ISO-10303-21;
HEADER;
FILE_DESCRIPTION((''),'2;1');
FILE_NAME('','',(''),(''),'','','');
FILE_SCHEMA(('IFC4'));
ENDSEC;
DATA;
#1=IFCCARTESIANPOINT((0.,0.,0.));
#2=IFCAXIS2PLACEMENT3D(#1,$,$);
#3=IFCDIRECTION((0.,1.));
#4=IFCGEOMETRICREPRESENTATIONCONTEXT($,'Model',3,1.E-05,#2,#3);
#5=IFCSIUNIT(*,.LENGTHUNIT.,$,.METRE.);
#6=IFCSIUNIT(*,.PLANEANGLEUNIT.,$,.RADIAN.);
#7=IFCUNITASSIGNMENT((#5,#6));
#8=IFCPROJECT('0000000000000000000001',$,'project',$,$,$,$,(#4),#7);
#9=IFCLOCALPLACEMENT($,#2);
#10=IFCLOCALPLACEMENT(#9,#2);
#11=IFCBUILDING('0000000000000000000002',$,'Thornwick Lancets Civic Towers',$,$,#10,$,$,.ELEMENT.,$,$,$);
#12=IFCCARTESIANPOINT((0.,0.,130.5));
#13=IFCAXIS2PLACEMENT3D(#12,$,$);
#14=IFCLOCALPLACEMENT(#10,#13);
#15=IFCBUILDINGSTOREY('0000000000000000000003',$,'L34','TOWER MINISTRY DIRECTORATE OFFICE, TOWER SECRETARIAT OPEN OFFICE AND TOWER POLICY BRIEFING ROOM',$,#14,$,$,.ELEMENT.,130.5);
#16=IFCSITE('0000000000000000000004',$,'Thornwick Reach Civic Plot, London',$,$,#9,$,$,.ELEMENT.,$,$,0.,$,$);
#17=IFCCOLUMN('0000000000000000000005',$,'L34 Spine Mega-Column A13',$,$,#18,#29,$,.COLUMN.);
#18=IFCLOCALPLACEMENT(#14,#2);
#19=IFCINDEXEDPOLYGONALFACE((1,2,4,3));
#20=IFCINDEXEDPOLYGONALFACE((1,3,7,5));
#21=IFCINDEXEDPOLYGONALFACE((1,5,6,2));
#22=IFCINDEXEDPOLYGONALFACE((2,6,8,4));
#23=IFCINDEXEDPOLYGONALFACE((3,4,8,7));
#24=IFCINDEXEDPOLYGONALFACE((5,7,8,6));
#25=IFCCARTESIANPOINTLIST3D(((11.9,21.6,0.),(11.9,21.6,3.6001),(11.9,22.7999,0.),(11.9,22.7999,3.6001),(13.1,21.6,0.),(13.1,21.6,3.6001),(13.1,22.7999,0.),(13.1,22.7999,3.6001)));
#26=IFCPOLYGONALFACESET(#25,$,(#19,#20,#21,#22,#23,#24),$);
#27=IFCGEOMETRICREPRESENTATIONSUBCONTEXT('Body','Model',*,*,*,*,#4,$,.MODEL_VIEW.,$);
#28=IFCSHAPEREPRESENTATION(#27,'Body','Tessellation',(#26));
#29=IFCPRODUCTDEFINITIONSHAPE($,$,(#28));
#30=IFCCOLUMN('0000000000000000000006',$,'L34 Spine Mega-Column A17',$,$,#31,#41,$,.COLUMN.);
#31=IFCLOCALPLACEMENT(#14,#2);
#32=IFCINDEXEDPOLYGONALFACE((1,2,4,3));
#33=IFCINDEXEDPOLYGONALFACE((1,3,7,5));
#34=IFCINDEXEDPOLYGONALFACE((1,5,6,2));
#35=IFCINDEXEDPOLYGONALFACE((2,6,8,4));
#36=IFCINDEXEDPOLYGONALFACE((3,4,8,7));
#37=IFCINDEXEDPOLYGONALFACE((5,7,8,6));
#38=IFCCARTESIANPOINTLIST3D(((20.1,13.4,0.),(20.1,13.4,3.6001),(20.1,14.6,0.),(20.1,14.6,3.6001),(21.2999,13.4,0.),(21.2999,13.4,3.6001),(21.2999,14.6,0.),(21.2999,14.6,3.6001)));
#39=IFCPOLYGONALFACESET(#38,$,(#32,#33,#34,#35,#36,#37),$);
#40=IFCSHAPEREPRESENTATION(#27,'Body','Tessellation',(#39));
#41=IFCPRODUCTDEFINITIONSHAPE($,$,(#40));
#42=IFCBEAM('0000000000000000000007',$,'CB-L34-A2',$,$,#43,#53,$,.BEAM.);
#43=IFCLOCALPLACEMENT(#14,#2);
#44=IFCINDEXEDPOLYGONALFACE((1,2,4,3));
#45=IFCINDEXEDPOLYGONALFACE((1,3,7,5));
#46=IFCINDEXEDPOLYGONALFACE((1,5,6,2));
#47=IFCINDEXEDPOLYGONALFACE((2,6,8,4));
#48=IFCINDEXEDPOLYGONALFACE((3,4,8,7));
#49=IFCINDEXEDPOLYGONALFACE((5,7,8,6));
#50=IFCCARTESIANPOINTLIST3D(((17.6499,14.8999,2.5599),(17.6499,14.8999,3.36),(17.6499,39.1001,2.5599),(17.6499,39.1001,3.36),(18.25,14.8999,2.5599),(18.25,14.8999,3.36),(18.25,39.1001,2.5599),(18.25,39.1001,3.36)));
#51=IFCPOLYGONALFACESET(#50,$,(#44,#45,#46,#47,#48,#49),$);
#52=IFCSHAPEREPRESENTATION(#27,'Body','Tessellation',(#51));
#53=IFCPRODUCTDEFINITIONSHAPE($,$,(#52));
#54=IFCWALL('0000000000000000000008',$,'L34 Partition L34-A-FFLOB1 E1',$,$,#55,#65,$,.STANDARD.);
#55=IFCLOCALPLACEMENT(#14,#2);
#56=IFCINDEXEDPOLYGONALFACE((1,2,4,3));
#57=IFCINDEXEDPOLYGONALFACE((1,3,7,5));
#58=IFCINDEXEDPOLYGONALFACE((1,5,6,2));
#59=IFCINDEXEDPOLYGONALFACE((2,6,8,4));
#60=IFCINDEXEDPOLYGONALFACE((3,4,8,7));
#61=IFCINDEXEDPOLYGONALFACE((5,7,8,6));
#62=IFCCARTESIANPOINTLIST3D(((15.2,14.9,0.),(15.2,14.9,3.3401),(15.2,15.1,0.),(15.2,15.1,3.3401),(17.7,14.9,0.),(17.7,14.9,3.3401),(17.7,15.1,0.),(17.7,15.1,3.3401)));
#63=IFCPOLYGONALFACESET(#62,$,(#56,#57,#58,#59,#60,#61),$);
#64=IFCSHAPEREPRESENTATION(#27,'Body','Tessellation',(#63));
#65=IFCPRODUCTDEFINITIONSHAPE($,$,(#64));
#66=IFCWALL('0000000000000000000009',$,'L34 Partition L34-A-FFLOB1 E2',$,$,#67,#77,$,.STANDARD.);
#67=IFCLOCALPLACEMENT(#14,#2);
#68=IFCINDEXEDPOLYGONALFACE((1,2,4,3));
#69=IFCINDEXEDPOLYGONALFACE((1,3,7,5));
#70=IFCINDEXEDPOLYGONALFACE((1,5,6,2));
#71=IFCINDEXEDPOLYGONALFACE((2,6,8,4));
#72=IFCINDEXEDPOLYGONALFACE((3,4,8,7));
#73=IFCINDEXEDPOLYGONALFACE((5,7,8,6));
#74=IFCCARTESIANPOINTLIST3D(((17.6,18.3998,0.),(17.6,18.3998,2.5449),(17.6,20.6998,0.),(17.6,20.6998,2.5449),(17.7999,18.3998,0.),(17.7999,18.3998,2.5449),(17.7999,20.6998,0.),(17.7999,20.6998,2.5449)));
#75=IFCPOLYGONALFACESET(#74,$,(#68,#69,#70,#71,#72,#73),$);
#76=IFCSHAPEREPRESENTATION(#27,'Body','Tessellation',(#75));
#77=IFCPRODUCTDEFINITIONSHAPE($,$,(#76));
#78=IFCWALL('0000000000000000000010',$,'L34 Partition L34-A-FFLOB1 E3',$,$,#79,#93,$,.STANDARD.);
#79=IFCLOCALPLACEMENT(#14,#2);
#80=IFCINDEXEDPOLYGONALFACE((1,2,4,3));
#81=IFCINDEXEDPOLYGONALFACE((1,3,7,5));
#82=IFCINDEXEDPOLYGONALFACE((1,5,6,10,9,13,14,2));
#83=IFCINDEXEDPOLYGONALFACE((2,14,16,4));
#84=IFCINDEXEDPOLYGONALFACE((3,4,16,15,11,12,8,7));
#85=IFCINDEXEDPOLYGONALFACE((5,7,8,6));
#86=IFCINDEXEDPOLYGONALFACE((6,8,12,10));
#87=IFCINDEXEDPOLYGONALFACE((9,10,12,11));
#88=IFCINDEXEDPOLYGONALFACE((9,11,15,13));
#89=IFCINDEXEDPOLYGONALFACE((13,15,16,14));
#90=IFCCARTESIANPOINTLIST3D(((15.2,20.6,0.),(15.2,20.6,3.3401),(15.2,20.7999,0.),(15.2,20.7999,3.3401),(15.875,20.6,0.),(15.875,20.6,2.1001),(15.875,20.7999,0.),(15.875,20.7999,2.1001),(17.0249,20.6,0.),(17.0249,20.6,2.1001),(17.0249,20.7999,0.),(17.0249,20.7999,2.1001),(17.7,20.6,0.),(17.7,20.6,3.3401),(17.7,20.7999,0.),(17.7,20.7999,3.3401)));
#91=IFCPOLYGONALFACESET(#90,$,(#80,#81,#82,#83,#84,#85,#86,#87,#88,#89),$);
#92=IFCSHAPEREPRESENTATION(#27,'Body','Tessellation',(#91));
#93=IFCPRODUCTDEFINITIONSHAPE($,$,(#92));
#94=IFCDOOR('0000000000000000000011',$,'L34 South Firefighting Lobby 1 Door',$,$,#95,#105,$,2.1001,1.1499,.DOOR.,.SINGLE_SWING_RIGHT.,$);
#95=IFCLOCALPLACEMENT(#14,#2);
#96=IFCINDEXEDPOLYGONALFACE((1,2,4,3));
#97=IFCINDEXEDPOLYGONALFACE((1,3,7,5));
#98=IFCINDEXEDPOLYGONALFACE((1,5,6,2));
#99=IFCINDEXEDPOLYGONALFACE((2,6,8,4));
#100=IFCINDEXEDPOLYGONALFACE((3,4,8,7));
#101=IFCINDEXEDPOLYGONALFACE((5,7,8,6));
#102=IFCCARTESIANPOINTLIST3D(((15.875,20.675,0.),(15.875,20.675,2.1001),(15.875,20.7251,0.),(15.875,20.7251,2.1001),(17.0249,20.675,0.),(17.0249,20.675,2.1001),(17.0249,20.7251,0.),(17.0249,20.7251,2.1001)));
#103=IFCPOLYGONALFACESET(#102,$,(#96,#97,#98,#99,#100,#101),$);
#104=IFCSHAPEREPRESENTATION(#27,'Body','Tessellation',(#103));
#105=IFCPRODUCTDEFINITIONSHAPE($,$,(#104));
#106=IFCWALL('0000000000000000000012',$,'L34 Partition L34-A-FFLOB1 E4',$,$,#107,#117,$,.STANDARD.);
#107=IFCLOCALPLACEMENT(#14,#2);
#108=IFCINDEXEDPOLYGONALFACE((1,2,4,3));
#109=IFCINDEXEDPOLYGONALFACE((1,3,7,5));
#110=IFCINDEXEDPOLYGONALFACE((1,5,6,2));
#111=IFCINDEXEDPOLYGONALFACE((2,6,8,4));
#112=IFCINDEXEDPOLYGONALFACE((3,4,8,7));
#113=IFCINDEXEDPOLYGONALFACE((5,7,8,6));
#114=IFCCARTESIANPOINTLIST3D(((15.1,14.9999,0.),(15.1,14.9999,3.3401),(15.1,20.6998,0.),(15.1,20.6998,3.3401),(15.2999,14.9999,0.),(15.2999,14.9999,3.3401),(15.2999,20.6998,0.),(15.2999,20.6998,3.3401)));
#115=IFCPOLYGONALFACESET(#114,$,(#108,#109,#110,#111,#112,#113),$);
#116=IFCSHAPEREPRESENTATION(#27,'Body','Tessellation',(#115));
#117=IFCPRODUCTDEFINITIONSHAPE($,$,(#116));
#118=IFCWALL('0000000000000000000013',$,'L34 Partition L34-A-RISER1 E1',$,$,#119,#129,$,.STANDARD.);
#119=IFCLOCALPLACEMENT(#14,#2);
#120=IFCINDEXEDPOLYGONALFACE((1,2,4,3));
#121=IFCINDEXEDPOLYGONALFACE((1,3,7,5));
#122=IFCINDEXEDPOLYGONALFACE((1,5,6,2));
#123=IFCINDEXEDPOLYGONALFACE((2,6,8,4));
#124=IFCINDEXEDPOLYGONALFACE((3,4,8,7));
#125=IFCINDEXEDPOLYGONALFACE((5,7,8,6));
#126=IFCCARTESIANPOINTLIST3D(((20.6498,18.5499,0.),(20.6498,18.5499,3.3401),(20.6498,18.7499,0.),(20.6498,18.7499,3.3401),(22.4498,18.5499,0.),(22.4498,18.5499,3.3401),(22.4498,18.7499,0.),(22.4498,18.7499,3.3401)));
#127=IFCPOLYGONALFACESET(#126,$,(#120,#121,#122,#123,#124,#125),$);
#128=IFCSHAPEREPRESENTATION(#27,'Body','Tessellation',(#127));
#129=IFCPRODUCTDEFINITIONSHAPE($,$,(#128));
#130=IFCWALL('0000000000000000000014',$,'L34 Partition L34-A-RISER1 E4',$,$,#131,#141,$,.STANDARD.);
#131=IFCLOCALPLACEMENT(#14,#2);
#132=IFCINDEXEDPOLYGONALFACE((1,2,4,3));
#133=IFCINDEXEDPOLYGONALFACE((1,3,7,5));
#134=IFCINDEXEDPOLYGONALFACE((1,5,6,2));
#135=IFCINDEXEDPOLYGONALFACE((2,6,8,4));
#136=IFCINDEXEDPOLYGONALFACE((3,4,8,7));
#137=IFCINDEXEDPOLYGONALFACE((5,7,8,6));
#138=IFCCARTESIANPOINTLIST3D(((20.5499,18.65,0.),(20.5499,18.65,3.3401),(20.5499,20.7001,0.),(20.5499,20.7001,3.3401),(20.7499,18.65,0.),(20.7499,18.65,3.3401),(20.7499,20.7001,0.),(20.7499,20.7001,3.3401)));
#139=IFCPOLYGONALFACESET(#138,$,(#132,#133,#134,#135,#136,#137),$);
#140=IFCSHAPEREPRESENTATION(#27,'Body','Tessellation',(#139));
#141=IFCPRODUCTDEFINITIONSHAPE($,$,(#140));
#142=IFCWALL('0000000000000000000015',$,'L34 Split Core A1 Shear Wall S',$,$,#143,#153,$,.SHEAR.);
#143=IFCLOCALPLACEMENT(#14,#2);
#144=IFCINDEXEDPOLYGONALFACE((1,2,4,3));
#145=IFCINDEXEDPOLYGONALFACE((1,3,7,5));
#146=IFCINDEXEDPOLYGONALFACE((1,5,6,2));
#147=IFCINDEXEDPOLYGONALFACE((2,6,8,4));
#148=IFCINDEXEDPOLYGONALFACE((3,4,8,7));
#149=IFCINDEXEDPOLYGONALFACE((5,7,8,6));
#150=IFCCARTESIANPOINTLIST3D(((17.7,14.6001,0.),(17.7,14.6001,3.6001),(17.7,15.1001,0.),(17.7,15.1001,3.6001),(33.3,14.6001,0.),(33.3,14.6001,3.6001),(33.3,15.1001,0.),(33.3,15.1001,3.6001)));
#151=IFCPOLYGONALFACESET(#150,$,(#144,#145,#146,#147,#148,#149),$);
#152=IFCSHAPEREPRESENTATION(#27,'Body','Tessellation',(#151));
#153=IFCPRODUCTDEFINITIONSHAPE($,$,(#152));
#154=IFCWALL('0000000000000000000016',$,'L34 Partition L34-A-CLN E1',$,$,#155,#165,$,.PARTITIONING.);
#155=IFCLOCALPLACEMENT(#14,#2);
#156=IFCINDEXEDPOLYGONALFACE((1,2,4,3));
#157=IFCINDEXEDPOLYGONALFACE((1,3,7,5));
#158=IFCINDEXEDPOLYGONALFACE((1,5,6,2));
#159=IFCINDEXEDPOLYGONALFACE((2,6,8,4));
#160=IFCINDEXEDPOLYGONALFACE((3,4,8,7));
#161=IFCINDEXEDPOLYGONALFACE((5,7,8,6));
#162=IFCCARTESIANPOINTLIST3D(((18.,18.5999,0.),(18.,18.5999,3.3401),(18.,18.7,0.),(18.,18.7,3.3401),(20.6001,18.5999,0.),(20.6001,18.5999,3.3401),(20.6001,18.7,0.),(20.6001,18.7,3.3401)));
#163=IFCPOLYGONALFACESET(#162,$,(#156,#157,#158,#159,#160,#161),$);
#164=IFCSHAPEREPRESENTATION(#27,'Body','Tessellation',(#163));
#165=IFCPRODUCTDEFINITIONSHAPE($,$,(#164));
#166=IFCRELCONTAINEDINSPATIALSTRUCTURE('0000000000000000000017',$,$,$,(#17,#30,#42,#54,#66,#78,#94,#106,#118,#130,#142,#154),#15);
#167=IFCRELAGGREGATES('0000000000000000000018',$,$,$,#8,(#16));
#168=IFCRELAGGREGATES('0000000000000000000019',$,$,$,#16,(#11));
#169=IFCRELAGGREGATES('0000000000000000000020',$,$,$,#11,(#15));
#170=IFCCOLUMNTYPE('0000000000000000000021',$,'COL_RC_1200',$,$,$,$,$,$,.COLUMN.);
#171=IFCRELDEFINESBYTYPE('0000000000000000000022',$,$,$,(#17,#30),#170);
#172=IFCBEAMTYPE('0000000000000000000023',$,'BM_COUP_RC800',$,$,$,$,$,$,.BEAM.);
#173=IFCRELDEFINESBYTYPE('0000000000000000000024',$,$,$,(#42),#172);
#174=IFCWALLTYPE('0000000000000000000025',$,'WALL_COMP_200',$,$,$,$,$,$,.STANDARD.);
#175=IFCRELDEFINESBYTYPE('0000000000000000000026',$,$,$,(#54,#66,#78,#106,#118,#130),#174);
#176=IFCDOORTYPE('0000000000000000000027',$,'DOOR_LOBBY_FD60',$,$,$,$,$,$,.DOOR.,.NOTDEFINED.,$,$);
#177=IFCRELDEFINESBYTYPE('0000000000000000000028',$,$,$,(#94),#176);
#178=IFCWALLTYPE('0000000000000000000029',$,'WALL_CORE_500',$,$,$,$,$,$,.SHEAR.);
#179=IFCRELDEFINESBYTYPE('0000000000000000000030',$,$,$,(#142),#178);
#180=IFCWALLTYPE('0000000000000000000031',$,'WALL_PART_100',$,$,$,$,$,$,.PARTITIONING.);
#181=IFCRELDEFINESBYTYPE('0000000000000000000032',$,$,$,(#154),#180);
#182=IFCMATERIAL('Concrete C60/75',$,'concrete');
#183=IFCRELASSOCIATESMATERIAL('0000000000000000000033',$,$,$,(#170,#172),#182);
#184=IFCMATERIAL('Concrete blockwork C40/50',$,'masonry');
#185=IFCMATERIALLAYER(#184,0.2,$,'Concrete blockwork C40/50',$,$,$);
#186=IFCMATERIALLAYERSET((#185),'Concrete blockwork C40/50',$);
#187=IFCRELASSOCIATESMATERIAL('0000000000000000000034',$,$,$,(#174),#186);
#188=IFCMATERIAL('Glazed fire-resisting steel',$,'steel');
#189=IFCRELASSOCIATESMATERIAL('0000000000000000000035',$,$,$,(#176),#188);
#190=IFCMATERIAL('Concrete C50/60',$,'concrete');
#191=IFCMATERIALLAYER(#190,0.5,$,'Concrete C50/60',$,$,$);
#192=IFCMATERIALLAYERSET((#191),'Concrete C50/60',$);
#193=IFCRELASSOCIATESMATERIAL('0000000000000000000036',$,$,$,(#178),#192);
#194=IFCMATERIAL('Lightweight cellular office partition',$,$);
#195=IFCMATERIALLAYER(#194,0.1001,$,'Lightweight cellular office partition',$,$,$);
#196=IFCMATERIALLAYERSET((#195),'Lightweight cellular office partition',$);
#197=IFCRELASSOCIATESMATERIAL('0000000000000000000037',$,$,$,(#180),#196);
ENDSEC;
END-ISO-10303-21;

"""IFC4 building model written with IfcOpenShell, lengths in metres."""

from ifc_helpers import new_model, si_unit, direction, frame, frame_2d, origin, origin_2d, place, context, subcontext, project, spatial, rectangle, extrude, material, layer, layer_set, material_profile, profile_set, type_object, element, fill, save


model = new_model("IFC4")

# Units and contexts
model_context = context("Model", 3, precision=1e-05, world=origin(), true_north=direction((0.0, 1.0)))
body_context = subcontext(model_context, "Body", "Model", "MODEL_VIEW")
ifc_project = project(units=[si_unit("LENGTHUNIT", "METRE"), si_unit("PLANEANGLEUNIT", "RADIAN")], contexts=[model_context])

# Site, building, storey
site_placement = place(None, origin())
site = spatial("IfcSite", under=ifc_project, at=site_placement, Name="Thornwick Reach Civic Plot, London", CompositionType="ELEMENT", RefElevation=0.0)
building_placement = place(site_placement, origin())
building = spatial("IfcBuilding", under=site, at=building_placement, Name="Thornwick Lancets Civic Towers", CompositionType="ELEMENT")
storey_placement = place(building_placement, frame((0.0, 0.0, 130.5)))
storey = spatial("IfcBuildingStorey", under=building, at=storey_placement, Name="L34", Description="TOWER MINISTRY DIRECTORATE OFFICE, TOWER SECRETARIAT OPEN OFFICE AND TOWER POLICY BRIEFING ROOM", CompositionType="ELEMENT", Elevation=130.5)

# Columns
ifc_material_1 = material(Name="Concrete C60/75", Category="concrete")
ifc_material_profile_1 = material_profile(ifc_material_1, rectangle(XDim=1.2, YDim=1.2, at=origin_2d()), Name="RC 1200x1200")
ifc_profile_set_1 = profile_set([ifc_material_profile_1], Name="Concrete C60/75")
column_type = type_object("IfcColumnType", Name="COL_RC_1200", PredefinedType="COLUMN", material=ifc_profile_set_1)
for number, where, z_axis, x_axis, name in (
    (1, (12.5, 22.2, 0.0), (0.0, 0.0, 1.0), (1.0, 0.0, 0.0), "L34 Spine Mega-Column A13"),
    (2, (20.7, 14.0, 0.0), (0.0, 0.0, 1.0), (1.0, 0.0, 0.0), "L34 Spine Mega-Column A17"),
):
    element("IfcColumn", number, at=place(storey_placement, frame(where, z_axis=z_axis, x_axis=x_axis)), inside=storey, type_object=column_type, Name=name, PredefinedType="COLUMN", context=body_context, shape_type="SweptSolid", body=[
        extrude(rectangle(XDim=1.2, YDim=1.2, at=origin_2d()), origin(), (0.0, 0.0, 1.0), 3.6001),
    ])

# Beam
ifc_material_profile_2 = material_profile(ifc_material_1, rectangle(XDim=0.6001, YDim=0.8, at=origin_2d()), Name="RC 600x800")
ifc_profile_set_2 = profile_set([ifc_material_profile_2], Name="Concrete C60/75")
beam_type = type_object("IfcBeamType", Name="BM_COUP_RC800", PredefinedType="BEAM", material=ifc_profile_set_2)
beam_placement = place(storey_placement, frame((17.95, 14.8999, 2.96), z_axis=(0.0, 1.0, 0.0), x_axis=(-1.0, 0.0, 0.0)))
element("IfcBeam", 3, at=beam_placement, inside=storey, type_object=beam_type, Name="CB-L34-A2", PredefinedType="BEAM", context=body_context, shape_type="SweptSolid", body=[
    extrude(rectangle(XDim=0.6001, YDim=0.8, at=origin_2d()), origin(), (0.0, 0.0, 1.0), 24.2002),
])

# Walls
ifc_material_2 = material(Name="Concrete blockwork C40/50", Category="masonry")
ifc_layer_1 = layer(ifc_material_2, 0.2, Name="Concrete blockwork C40/50")
ifc_layer_set_1 = layer_set([ifc_layer_1], Name="Concrete blockwork C40/50")
wall_type_1 = type_object("IfcWallType", Name="WALL_COMP_200", PredefinedType="STANDARD", material=ifc_layer_set_1)
wall_1_placement = place(storey_placement, frame((15.2, 15.0, 0.0), z_axis=(0.0, 0.0, 1.0), x_axis=(1.0, 0.0, 0.0)))
element("IfcWall", 4, at=wall_1_placement, inside=storey, type_object=wall_type_1, Name="L34 Partition L34-A-FFLOB1 E1", PredefinedType="STANDARD", context=body_context, shape_type="SweptSolid", body=[
    extrude(rectangle(XDim=2.5, YDim=0.2, at=frame_2d((1.25, 0.0))), origin(), (0.0, 0.0, 1.0), 3.3401),
])
wall_2_placement = place(storey_placement, frame((17.7, 18.3999, 0.0), z_axis=(0.0, 0.0, 1.0), x_axis=(0.0, 1.0, 0.0)))
element("IfcWall", 5, at=wall_2_placement, inside=storey, type_object=wall_type_1, Name="L34 Partition L34-A-FFLOB1 E2", PredefinedType="STANDARD", context=body_context, shape_type="SweptSolid", body=[
    extrude(rectangle(XDim=2.3, YDim=0.2, at=frame_2d((1.1499, 0.0))), origin(), (0.0, 0.0, 1.0), 2.5449),
])

# Wall, opening, door
wall_3_placement = place(storey_placement, frame((17.7, 20.7, 0.0), z_axis=(0.0, 0.0, 1.0), x_axis=(-1.0, 0.0, 0.0)))
wall_3 = element("IfcWall", 6, at=wall_3_placement, inside=storey, type_object=wall_type_1, Name="L34 Partition L34-A-FFLOB1 E3", PredefinedType="STANDARD", context=body_context, shape_type="SweptSolid", body=[
    extrude(rectangle(XDim=2.5, YDim=0.2, at=frame_2d((1.25, 0.0))), origin(), (0.0, 0.0, 1.0), 3.3401),
])
opening_1_placement = place(wall_3_placement, frame((0.675, 0.0, 0.0)))
opening_1 = element("IfcOpeningElement", 7, at=opening_1_placement, cuts=wall_3, PredefinedType="OPENING", context=body_context, shape_type="SweptSolid", body=[
    extrude(rectangle(XDim=1.1499, YDim=2.1001, at=frame_2d((0.575, 1.05))), frame((0.0, 0.1099, 0.0), z_axis=(0.0, -1.0, 0.0), x_axis=(1.0, 0.0, 0.0)), (0.0, 0.0, 1.0), 0.22),
])
ifc_material_3 = material(Name="Glazed fire-resisting steel", Category="steel")
door_type_1 = type_object("IfcDoorType", Name="DOOR_LOBBY_FD60", OperationType="NOTDEFINED", PredefinedType="DOOR", material=ifc_material_3)
door_1_placement = place(opening_1_placement, origin())
door_1 = element("IfcDoor", 8, at=door_1_placement, inside=storey, type_object=door_type_1, Name="L34 South Firefighting Lobby 1 Door", OperationType="SINGLE_SWING_RIGHT", OverallHeight=2.1001, OverallWidth=1.1499, PredefinedType="DOOR", context=body_context, shape_type="SweptSolid", body=[
    extrude(rectangle(XDim=1.1499, YDim=2.1001, at=frame_2d((0.575, 1.05))), frame((0.0, 0.0249, 0.0), z_axis=(0.0, -1.0, 0.0), x_axis=(1.0, 0.0, 0.0)), (0.0, 0.0, 1.0), 0.05),
])
fill(opening_1, door_1)

# Walls
wall_4_placement = place(storey_placement, frame((15.2, 20.7, 0.0), z_axis=(0.0, 0.0, 1.0), x_axis=(0.0, -1.0, 0.0)))
element("IfcWall", 9, at=wall_4_placement, inside=storey, type_object=wall_type_1, Name="L34 Partition L34-A-FFLOB1 E4", PredefinedType="STANDARD", context=body_context, shape_type="SweptSolid", body=[
    extrude(rectangle(XDim=5.7, YDim=0.2, at=frame_2d((2.8501, 0.0))), origin(), (0.0, 0.0, 1.0), 3.3401),
])
wall_5_placement = place(storey_placement, frame((20.6499, 18.6499, 0.0), z_axis=(0.0, 0.0, 1.0), x_axis=(1.0, 0.0, 0.0)))
element("IfcWall", 10, at=wall_5_placement, inside=storey, type_object=wall_type_1, Name="L34 Partition L34-A-RISER1 E1", PredefinedType="STANDARD", context=body_context, shape_type="SweptSolid", body=[
    extrude(rectangle(XDim=1.8, YDim=0.2, at=frame_2d((0.8999, 0.0))), origin(), (0.0, 0.0, 1.0), 3.3401),
])
wall_6_placement = place(storey_placement, frame((20.6499, 20.7, 0.0), z_axis=(0.0, 0.0, 1.0), x_axis=(0.0, -1.0, 0.0)))
element("IfcWall", 11, at=wall_6_placement, inside=storey, type_object=wall_type_1, Name="L34 Partition L34-A-RISER1 E4", PredefinedType="STANDARD", context=body_context, shape_type="SweptSolid", body=[
    extrude(rectangle(XDim=2.05, YDim=0.2, at=frame_2d((1.0249, 0.0))), origin(), (0.0, 0.0, 1.0), 3.3401),
])
ifc_material_4 = material(Name="Concrete C50/60", Category="concrete")
ifc_layer_2 = layer(ifc_material_4, 0.5, Name="Concrete C50/60")
ifc_layer_set_2 = layer_set([ifc_layer_2], Name="Concrete C50/60")
wall_type_2 = type_object("IfcWallType", Name="WALL_CORE_500", PredefinedType="SHEAR", material=ifc_layer_set_2)
wall_7_placement = place(storey_placement, frame((17.7, 14.8501, 0.0), z_axis=(0.0, 0.0, 1.0), x_axis=(1.0, 0.0, 0.0)))
element("IfcWall", 12, at=wall_7_placement, inside=storey, type_object=wall_type_2, Name="L34 Split Core A1 Shear Wall S", PredefinedType="SHEAR", context=body_context, shape_type="SweptSolid", body=[
    extrude(rectangle(XDim=15.6001, YDim=0.5, at=frame_2d((7.8, 0.0))), origin(), (0.0, 0.0, 1.0), 3.6001),
])
ifc_material_5 = material(Name="Lightweight cellular office partition")
ifc_layer_3 = layer(ifc_material_5, 0.1001, Name="Lightweight cellular office partition")
ifc_layer_set_3 = layer_set([ifc_layer_3], Name="Lightweight cellular office partition")
wall_type_3 = type_object("IfcWallType", Name="WALL_PART_100", PredefinedType="PARTITIONING", material=ifc_layer_set_3)
wall_8_placement = place(storey_placement, frame((18.0, 18.6499, 0.0), z_axis=(0.0, 0.0, 1.0), x_axis=(1.0, 0.0, 0.0)))
element("IfcWall", 13, at=wall_8_placement, inside=storey, type_object=wall_type_3, Name="L34 Partition L34-A-CLN E1", PredefinedType="PARTITIONING", context=body_context, shape_type="SweptSolid", body=[
    extrude(rectangle(XDim=2.6001, YDim=0.1001, at=frame_2d((1.3, 0.0))), origin(), (0.0, 0.0, 1.0), 3.3401),
])

save(model, "model.ifc")
